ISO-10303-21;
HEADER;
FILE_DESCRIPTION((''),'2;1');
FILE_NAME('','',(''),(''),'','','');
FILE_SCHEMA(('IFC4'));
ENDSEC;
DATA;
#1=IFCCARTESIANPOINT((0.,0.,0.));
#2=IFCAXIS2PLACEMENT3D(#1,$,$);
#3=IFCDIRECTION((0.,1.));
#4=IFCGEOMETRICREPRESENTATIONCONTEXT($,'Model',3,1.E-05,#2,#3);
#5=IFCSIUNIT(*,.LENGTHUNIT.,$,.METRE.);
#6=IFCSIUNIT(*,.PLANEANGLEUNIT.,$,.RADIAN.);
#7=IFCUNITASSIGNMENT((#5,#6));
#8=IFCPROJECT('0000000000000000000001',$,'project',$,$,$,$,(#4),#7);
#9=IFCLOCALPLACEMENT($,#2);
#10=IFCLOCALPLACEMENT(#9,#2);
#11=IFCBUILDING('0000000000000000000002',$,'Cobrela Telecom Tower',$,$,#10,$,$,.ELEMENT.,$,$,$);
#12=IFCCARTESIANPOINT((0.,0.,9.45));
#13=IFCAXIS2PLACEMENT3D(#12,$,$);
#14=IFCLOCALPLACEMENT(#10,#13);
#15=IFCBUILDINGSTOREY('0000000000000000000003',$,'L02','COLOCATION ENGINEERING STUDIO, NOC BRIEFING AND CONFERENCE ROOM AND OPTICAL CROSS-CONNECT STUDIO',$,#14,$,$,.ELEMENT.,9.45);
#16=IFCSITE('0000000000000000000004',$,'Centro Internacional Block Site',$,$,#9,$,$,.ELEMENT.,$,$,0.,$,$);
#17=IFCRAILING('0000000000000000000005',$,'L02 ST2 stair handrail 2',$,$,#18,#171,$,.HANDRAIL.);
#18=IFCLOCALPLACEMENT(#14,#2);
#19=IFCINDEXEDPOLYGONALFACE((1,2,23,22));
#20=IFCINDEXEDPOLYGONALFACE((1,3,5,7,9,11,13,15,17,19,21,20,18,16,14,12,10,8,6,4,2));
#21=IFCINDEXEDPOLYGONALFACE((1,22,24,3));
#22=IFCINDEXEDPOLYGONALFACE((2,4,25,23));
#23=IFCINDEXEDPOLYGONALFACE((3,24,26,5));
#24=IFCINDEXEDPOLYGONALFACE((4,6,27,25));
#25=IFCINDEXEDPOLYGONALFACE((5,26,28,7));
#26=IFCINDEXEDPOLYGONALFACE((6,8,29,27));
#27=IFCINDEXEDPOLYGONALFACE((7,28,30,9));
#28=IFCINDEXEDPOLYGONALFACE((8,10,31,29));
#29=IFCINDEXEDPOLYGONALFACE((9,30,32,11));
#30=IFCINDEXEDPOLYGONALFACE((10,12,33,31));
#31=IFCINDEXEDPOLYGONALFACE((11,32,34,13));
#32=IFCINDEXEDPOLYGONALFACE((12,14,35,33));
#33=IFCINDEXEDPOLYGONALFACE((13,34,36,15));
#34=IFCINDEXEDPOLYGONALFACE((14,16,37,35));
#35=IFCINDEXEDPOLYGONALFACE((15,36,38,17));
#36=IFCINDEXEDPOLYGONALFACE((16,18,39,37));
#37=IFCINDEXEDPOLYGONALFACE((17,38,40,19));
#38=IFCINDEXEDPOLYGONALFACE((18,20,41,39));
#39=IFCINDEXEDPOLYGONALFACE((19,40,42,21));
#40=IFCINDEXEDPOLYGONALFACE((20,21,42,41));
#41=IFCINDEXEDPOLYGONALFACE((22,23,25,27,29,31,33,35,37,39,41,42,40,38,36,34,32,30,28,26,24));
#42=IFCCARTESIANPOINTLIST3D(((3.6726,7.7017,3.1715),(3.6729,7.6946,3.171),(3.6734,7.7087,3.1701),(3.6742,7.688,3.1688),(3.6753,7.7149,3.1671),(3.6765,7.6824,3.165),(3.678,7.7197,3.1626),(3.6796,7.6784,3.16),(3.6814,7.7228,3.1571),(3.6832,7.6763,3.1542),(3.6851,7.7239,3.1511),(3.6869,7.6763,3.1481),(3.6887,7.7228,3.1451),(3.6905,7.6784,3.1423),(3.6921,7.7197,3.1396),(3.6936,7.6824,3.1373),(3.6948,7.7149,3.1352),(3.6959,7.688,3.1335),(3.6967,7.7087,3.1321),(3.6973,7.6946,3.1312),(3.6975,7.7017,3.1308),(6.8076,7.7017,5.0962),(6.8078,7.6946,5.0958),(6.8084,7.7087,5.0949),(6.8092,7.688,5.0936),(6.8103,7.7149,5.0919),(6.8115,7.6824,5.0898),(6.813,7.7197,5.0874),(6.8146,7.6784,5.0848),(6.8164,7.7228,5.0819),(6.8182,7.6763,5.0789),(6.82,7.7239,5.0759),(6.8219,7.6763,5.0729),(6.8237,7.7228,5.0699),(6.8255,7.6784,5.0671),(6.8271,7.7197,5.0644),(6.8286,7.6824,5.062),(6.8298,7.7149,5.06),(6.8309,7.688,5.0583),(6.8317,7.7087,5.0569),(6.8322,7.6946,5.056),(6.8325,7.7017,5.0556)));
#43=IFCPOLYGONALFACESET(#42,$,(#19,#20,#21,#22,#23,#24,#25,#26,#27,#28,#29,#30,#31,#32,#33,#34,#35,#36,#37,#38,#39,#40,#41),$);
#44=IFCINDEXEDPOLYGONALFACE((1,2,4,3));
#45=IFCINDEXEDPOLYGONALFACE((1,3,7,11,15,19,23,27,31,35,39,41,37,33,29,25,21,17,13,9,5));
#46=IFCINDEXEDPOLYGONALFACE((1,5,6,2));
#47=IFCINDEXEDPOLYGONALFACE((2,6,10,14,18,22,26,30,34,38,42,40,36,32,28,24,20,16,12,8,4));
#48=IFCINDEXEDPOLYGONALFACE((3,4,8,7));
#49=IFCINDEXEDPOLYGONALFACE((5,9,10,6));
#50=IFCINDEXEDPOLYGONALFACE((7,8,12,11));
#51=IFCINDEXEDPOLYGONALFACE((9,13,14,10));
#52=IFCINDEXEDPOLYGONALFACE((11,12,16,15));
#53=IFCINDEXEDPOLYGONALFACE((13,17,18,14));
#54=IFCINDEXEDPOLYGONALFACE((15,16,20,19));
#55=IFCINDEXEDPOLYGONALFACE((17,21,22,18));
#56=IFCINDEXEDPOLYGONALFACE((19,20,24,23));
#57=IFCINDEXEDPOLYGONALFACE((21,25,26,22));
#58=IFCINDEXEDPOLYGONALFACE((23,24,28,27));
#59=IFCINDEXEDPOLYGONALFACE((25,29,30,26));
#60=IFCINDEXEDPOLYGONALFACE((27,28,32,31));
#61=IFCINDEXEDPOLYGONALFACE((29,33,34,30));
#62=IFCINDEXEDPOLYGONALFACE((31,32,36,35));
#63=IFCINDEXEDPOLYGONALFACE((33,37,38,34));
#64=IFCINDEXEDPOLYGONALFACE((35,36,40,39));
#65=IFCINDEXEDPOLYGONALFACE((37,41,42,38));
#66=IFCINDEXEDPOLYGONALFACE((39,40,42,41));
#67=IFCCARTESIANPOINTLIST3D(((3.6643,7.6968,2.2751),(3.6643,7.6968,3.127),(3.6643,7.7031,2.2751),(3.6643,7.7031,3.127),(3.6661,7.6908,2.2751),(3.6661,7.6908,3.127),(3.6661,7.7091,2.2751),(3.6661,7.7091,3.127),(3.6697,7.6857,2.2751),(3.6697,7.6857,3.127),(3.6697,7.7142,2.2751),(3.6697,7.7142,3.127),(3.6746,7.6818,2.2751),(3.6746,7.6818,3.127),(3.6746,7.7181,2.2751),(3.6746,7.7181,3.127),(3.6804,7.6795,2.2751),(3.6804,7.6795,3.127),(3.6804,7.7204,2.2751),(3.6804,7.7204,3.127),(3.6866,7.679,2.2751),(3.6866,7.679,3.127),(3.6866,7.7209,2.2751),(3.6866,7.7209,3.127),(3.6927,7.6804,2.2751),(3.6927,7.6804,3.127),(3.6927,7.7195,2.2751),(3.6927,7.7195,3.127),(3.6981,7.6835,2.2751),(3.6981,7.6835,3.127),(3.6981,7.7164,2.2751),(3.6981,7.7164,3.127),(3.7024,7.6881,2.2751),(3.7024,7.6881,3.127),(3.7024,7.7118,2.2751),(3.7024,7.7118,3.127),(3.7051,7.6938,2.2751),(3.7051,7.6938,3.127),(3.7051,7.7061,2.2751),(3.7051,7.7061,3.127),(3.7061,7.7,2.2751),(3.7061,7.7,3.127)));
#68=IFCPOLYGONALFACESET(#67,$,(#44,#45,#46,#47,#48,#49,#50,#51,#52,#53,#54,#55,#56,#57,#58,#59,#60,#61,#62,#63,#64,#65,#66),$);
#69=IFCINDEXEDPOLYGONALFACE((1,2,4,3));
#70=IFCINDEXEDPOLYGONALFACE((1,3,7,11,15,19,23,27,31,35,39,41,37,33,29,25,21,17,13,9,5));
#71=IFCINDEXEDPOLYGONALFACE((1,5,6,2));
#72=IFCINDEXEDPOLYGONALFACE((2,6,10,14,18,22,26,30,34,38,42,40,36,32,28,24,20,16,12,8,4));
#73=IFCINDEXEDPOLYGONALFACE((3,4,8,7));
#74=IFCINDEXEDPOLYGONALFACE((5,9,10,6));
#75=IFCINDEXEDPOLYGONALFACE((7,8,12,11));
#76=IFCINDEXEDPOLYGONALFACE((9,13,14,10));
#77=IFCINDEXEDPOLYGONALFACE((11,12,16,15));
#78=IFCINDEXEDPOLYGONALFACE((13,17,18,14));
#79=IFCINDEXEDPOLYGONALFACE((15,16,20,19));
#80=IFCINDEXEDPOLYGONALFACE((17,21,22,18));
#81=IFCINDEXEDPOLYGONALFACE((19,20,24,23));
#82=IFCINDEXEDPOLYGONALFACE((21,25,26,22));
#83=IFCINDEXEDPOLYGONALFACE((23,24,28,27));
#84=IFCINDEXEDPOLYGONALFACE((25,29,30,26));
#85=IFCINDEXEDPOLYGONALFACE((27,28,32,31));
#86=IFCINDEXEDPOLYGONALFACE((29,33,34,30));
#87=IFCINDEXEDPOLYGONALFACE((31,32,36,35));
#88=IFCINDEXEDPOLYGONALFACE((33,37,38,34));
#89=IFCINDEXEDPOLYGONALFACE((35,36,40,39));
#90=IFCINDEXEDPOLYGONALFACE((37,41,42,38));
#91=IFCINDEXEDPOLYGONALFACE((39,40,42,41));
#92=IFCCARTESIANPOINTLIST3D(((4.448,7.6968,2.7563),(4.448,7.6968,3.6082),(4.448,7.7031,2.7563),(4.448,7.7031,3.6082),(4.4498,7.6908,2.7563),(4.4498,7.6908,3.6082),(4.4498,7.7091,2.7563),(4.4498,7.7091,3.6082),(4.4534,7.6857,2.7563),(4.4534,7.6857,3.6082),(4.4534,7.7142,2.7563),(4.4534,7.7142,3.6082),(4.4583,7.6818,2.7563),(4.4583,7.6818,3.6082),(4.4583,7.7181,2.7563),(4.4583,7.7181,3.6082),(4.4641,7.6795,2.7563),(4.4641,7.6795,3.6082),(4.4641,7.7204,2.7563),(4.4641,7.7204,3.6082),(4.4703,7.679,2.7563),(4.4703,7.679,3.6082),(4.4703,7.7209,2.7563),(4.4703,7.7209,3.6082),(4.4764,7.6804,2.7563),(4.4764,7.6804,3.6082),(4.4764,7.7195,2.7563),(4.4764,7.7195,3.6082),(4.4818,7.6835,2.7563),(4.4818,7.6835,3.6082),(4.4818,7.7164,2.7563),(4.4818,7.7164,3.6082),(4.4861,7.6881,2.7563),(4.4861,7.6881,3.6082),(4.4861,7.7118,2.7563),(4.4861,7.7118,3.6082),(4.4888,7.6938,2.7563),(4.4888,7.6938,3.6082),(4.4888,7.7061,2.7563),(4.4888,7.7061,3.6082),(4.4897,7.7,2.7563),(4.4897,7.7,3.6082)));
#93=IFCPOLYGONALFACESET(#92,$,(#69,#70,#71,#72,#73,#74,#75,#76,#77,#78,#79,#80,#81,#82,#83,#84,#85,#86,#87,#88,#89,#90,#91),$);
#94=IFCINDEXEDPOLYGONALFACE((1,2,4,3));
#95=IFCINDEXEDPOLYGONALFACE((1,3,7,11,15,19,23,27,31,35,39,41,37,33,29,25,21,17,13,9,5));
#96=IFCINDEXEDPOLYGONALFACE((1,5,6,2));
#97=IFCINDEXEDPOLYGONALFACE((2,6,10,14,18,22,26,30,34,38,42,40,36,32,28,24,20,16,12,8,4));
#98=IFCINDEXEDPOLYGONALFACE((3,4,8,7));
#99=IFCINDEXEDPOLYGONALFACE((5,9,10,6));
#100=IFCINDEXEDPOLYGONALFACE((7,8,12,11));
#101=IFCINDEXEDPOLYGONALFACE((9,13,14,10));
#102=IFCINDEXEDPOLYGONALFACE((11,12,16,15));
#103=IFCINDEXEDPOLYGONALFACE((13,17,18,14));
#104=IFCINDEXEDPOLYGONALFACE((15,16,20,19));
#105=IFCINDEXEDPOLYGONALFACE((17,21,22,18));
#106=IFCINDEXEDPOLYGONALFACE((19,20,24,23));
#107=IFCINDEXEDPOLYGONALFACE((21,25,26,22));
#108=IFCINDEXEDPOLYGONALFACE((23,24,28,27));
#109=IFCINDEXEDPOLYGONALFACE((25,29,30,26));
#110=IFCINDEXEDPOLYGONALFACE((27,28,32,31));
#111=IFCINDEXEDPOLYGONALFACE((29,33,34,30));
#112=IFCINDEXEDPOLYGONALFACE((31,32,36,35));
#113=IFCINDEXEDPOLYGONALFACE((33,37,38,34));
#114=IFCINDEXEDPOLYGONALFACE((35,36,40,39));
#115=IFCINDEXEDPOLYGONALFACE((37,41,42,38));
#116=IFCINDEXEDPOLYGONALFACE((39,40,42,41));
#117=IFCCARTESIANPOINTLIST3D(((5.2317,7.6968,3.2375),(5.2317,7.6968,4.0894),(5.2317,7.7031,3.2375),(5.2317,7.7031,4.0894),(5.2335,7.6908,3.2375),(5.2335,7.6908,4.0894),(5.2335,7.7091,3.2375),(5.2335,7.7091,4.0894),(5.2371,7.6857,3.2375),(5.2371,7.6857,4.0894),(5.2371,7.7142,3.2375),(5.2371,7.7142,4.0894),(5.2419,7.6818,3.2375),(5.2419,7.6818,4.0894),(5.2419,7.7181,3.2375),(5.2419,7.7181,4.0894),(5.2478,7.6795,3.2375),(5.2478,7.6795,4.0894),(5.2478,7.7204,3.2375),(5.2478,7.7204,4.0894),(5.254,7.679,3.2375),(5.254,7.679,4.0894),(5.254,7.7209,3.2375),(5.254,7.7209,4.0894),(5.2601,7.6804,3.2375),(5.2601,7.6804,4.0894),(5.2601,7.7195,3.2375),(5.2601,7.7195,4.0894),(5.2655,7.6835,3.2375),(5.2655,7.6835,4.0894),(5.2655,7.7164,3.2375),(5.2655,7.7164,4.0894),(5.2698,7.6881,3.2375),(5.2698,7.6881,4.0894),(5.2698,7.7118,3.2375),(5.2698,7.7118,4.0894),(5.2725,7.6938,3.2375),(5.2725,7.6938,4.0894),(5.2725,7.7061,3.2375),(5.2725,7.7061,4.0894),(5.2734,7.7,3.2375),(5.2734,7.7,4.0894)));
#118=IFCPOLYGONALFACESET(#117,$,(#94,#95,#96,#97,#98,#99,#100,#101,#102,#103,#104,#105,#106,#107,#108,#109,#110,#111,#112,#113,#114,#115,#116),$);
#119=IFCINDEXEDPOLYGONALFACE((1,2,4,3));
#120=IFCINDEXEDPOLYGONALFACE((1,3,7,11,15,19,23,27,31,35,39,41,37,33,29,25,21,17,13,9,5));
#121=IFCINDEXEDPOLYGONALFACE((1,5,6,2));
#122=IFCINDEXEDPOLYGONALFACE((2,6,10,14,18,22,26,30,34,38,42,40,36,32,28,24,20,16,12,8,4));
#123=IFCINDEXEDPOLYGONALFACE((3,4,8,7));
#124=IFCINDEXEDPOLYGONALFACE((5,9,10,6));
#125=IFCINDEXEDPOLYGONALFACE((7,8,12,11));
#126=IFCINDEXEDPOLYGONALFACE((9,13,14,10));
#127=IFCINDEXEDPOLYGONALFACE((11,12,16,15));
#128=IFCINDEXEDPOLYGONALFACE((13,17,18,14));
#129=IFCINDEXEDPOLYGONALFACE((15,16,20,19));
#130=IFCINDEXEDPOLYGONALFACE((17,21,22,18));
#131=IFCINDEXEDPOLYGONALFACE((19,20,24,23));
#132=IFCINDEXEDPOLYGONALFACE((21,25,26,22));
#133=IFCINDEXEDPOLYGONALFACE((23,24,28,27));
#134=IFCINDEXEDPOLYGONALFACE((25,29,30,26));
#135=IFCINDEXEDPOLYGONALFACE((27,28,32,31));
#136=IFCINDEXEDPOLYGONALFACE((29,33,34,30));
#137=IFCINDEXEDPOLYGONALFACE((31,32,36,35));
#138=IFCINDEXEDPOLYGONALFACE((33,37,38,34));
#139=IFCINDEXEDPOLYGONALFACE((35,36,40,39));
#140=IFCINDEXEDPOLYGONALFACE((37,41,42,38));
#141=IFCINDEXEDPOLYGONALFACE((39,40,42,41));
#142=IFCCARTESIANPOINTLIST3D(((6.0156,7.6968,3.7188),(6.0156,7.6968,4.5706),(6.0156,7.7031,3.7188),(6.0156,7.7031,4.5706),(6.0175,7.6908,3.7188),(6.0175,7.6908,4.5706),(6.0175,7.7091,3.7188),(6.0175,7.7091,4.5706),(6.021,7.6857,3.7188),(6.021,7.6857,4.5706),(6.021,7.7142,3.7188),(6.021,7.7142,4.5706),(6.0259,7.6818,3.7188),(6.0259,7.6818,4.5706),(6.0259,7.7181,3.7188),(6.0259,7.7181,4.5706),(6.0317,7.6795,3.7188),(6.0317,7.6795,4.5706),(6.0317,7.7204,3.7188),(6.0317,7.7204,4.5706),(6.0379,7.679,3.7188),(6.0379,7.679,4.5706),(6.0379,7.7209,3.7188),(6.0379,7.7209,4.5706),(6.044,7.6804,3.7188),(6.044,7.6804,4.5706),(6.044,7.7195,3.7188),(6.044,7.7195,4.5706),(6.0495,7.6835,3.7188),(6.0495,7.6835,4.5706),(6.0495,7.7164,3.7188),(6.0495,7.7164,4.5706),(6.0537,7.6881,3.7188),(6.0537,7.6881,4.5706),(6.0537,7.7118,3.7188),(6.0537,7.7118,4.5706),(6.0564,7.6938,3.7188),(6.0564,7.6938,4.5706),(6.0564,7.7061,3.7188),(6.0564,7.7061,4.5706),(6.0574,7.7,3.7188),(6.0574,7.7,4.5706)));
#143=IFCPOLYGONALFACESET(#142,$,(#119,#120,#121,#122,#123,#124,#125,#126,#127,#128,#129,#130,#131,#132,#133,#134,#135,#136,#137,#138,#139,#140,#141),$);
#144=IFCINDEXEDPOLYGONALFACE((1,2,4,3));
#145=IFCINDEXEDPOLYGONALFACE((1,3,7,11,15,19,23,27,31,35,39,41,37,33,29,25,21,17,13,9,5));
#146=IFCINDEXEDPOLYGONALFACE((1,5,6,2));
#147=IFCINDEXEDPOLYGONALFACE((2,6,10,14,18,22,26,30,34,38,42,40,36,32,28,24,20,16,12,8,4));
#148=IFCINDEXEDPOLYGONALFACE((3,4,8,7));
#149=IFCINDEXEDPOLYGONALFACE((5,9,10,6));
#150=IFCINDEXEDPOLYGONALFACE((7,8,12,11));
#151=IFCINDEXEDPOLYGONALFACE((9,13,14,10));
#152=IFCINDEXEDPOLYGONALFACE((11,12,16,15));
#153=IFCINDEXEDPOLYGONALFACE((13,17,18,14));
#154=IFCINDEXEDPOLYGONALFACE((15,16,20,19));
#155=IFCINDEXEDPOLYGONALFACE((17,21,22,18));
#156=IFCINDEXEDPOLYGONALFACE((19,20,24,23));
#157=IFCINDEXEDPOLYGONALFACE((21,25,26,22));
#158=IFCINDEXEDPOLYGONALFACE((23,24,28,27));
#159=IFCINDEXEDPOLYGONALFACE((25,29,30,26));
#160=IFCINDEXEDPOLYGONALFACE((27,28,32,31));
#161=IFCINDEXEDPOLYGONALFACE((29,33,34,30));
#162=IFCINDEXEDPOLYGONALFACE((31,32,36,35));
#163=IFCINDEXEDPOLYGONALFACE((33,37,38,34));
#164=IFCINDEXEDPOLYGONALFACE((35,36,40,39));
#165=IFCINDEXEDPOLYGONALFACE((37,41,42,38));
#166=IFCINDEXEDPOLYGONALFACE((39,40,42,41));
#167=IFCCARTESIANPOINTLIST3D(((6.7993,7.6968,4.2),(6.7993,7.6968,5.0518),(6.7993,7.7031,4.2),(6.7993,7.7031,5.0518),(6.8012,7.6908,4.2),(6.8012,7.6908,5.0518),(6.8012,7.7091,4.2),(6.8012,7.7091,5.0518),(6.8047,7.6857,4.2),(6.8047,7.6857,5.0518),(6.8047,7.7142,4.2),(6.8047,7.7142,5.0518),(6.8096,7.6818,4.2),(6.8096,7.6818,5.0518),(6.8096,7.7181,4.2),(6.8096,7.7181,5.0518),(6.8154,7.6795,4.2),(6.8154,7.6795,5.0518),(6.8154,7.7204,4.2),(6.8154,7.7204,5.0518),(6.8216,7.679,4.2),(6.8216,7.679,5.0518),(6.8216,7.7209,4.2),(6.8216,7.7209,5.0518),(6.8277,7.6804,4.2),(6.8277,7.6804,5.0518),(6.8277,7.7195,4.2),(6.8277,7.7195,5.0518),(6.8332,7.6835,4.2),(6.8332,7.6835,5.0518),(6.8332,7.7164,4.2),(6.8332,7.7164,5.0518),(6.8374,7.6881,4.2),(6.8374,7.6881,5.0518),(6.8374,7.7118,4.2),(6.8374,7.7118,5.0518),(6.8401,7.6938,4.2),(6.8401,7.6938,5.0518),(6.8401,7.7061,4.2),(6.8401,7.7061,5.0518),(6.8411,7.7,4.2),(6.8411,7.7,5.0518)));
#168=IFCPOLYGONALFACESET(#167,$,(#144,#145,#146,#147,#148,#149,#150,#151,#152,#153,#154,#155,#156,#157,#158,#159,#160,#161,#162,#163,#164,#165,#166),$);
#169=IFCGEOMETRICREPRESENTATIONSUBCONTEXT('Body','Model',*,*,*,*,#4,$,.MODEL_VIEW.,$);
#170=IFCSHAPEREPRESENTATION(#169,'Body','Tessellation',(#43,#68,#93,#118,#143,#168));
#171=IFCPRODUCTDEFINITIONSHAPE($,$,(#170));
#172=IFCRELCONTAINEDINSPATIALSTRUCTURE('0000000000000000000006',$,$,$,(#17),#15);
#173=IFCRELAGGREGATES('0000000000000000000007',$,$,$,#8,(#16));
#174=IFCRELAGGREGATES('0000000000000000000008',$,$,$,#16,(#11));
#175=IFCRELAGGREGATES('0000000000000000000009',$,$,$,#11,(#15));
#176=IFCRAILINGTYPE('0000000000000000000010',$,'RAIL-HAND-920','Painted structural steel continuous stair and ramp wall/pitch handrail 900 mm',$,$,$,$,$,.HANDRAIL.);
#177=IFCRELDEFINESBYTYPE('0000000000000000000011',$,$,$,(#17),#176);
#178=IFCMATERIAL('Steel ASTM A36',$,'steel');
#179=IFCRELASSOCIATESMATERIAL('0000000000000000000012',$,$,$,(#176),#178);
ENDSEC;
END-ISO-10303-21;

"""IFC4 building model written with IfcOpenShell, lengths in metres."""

from ifc_helpers import new_model, si_unit, direction, frame, origin, origin_2d, place, context, subcontext, project, spatial, circle, extrude, material, type_object, element, save


model = new_model("IFC4")

# Units and contexts
model_context = context("Model", 3, precision=1e-05, world=origin(), true_north=direction((0.0, 1.0)))
body_context = subcontext(model_context, "Body", "Model", "MODEL_VIEW")
ifc_project = project(units=[si_unit("LENGTHUNIT", "METRE"), si_unit("PLANEANGLEUNIT", "RADIAN")], contexts=[model_context])

# Site, building, storey
site_placement = place(None, origin())
site = spatial("IfcSite", under=ifc_project, at=site_placement, Name="Centro Internacional Block Site", CompositionType="ELEMENT", RefElevation=0.0)
building_placement = place(site_placement, origin())
building = spatial("IfcBuilding", under=site, at=building_placement, Name="Cobrela Telecom Tower", CompositionType="ELEMENT")
storey_placement = place(building_placement, frame((0.0, 0.0, 9.45)))
storey = spatial("IfcBuildingStorey", under=building, at=storey_placement, Name="L02", Description="COLOCATION ENGINEERING STUDIO, NOC BRIEFING AND CONFERENCE ROOM AND OPTICAL CROSS-CONNECT STUDIO", CompositionType="ELEMENT", Elevation=9.45)

# Shared definitions
ifc_material_1 = material(Name="Steel ASTM A36", Category="steel")

# Railing
railing_type = type_object("IfcRailingType", Name="RAIL-HAND-920", Description="Painted structural steel continuous stair and ramp wall/pitch handrail 900 mm", PredefinedType="HANDRAIL", material=ifc_material_1)
railing_placement = place(storey_placement, frame((3.6851, 7.7, 2.2751)))
element("IfcRailing", 1, at=railing_placement, inside=storey, type_object=railing_type, Name="L02 ST2 stair handrail 2", PredefinedType="HANDRAIL", context=body_context, shape_type="SweptSolid", body=[
    extrude(circle(Radius=0.0239, at=origin_2d()), frame((0.0, 0.0, 0.876), z_axis=(0.852196, 0.0, 0.523223), x_axis=(0.0, 1.0, 0.0)), (0.0, 0.0, 1.0), 3.6787),
    extrude(circle(Radius=0.021, at=origin_2d()), origin(), (0.0, 0.0, 1.0), 0.8518),
    extrude(circle(Radius=0.021, at=origin_2d()), frame((0.7837, 0.0, 0.4812)), (0.0, 0.0, 1.0), 0.8518),
    extrude(circle(Radius=0.021, at=origin_2d()), frame((1.5674, 0.0, 0.9624)), (0.0, 0.0, 1.0), 0.8518),
    extrude(circle(Radius=0.021, at=origin_2d()), frame((2.3513, 0.0, 1.4436)), (0.0, 0.0, 1.0), 0.8518),
    extrude(circle(Radius=0.021, at=origin_2d()), frame((3.135, 0.0, 1.9248)), (0.0, 0.0, 1.0), 0.8518),
])

save(model, "model.ifc")
